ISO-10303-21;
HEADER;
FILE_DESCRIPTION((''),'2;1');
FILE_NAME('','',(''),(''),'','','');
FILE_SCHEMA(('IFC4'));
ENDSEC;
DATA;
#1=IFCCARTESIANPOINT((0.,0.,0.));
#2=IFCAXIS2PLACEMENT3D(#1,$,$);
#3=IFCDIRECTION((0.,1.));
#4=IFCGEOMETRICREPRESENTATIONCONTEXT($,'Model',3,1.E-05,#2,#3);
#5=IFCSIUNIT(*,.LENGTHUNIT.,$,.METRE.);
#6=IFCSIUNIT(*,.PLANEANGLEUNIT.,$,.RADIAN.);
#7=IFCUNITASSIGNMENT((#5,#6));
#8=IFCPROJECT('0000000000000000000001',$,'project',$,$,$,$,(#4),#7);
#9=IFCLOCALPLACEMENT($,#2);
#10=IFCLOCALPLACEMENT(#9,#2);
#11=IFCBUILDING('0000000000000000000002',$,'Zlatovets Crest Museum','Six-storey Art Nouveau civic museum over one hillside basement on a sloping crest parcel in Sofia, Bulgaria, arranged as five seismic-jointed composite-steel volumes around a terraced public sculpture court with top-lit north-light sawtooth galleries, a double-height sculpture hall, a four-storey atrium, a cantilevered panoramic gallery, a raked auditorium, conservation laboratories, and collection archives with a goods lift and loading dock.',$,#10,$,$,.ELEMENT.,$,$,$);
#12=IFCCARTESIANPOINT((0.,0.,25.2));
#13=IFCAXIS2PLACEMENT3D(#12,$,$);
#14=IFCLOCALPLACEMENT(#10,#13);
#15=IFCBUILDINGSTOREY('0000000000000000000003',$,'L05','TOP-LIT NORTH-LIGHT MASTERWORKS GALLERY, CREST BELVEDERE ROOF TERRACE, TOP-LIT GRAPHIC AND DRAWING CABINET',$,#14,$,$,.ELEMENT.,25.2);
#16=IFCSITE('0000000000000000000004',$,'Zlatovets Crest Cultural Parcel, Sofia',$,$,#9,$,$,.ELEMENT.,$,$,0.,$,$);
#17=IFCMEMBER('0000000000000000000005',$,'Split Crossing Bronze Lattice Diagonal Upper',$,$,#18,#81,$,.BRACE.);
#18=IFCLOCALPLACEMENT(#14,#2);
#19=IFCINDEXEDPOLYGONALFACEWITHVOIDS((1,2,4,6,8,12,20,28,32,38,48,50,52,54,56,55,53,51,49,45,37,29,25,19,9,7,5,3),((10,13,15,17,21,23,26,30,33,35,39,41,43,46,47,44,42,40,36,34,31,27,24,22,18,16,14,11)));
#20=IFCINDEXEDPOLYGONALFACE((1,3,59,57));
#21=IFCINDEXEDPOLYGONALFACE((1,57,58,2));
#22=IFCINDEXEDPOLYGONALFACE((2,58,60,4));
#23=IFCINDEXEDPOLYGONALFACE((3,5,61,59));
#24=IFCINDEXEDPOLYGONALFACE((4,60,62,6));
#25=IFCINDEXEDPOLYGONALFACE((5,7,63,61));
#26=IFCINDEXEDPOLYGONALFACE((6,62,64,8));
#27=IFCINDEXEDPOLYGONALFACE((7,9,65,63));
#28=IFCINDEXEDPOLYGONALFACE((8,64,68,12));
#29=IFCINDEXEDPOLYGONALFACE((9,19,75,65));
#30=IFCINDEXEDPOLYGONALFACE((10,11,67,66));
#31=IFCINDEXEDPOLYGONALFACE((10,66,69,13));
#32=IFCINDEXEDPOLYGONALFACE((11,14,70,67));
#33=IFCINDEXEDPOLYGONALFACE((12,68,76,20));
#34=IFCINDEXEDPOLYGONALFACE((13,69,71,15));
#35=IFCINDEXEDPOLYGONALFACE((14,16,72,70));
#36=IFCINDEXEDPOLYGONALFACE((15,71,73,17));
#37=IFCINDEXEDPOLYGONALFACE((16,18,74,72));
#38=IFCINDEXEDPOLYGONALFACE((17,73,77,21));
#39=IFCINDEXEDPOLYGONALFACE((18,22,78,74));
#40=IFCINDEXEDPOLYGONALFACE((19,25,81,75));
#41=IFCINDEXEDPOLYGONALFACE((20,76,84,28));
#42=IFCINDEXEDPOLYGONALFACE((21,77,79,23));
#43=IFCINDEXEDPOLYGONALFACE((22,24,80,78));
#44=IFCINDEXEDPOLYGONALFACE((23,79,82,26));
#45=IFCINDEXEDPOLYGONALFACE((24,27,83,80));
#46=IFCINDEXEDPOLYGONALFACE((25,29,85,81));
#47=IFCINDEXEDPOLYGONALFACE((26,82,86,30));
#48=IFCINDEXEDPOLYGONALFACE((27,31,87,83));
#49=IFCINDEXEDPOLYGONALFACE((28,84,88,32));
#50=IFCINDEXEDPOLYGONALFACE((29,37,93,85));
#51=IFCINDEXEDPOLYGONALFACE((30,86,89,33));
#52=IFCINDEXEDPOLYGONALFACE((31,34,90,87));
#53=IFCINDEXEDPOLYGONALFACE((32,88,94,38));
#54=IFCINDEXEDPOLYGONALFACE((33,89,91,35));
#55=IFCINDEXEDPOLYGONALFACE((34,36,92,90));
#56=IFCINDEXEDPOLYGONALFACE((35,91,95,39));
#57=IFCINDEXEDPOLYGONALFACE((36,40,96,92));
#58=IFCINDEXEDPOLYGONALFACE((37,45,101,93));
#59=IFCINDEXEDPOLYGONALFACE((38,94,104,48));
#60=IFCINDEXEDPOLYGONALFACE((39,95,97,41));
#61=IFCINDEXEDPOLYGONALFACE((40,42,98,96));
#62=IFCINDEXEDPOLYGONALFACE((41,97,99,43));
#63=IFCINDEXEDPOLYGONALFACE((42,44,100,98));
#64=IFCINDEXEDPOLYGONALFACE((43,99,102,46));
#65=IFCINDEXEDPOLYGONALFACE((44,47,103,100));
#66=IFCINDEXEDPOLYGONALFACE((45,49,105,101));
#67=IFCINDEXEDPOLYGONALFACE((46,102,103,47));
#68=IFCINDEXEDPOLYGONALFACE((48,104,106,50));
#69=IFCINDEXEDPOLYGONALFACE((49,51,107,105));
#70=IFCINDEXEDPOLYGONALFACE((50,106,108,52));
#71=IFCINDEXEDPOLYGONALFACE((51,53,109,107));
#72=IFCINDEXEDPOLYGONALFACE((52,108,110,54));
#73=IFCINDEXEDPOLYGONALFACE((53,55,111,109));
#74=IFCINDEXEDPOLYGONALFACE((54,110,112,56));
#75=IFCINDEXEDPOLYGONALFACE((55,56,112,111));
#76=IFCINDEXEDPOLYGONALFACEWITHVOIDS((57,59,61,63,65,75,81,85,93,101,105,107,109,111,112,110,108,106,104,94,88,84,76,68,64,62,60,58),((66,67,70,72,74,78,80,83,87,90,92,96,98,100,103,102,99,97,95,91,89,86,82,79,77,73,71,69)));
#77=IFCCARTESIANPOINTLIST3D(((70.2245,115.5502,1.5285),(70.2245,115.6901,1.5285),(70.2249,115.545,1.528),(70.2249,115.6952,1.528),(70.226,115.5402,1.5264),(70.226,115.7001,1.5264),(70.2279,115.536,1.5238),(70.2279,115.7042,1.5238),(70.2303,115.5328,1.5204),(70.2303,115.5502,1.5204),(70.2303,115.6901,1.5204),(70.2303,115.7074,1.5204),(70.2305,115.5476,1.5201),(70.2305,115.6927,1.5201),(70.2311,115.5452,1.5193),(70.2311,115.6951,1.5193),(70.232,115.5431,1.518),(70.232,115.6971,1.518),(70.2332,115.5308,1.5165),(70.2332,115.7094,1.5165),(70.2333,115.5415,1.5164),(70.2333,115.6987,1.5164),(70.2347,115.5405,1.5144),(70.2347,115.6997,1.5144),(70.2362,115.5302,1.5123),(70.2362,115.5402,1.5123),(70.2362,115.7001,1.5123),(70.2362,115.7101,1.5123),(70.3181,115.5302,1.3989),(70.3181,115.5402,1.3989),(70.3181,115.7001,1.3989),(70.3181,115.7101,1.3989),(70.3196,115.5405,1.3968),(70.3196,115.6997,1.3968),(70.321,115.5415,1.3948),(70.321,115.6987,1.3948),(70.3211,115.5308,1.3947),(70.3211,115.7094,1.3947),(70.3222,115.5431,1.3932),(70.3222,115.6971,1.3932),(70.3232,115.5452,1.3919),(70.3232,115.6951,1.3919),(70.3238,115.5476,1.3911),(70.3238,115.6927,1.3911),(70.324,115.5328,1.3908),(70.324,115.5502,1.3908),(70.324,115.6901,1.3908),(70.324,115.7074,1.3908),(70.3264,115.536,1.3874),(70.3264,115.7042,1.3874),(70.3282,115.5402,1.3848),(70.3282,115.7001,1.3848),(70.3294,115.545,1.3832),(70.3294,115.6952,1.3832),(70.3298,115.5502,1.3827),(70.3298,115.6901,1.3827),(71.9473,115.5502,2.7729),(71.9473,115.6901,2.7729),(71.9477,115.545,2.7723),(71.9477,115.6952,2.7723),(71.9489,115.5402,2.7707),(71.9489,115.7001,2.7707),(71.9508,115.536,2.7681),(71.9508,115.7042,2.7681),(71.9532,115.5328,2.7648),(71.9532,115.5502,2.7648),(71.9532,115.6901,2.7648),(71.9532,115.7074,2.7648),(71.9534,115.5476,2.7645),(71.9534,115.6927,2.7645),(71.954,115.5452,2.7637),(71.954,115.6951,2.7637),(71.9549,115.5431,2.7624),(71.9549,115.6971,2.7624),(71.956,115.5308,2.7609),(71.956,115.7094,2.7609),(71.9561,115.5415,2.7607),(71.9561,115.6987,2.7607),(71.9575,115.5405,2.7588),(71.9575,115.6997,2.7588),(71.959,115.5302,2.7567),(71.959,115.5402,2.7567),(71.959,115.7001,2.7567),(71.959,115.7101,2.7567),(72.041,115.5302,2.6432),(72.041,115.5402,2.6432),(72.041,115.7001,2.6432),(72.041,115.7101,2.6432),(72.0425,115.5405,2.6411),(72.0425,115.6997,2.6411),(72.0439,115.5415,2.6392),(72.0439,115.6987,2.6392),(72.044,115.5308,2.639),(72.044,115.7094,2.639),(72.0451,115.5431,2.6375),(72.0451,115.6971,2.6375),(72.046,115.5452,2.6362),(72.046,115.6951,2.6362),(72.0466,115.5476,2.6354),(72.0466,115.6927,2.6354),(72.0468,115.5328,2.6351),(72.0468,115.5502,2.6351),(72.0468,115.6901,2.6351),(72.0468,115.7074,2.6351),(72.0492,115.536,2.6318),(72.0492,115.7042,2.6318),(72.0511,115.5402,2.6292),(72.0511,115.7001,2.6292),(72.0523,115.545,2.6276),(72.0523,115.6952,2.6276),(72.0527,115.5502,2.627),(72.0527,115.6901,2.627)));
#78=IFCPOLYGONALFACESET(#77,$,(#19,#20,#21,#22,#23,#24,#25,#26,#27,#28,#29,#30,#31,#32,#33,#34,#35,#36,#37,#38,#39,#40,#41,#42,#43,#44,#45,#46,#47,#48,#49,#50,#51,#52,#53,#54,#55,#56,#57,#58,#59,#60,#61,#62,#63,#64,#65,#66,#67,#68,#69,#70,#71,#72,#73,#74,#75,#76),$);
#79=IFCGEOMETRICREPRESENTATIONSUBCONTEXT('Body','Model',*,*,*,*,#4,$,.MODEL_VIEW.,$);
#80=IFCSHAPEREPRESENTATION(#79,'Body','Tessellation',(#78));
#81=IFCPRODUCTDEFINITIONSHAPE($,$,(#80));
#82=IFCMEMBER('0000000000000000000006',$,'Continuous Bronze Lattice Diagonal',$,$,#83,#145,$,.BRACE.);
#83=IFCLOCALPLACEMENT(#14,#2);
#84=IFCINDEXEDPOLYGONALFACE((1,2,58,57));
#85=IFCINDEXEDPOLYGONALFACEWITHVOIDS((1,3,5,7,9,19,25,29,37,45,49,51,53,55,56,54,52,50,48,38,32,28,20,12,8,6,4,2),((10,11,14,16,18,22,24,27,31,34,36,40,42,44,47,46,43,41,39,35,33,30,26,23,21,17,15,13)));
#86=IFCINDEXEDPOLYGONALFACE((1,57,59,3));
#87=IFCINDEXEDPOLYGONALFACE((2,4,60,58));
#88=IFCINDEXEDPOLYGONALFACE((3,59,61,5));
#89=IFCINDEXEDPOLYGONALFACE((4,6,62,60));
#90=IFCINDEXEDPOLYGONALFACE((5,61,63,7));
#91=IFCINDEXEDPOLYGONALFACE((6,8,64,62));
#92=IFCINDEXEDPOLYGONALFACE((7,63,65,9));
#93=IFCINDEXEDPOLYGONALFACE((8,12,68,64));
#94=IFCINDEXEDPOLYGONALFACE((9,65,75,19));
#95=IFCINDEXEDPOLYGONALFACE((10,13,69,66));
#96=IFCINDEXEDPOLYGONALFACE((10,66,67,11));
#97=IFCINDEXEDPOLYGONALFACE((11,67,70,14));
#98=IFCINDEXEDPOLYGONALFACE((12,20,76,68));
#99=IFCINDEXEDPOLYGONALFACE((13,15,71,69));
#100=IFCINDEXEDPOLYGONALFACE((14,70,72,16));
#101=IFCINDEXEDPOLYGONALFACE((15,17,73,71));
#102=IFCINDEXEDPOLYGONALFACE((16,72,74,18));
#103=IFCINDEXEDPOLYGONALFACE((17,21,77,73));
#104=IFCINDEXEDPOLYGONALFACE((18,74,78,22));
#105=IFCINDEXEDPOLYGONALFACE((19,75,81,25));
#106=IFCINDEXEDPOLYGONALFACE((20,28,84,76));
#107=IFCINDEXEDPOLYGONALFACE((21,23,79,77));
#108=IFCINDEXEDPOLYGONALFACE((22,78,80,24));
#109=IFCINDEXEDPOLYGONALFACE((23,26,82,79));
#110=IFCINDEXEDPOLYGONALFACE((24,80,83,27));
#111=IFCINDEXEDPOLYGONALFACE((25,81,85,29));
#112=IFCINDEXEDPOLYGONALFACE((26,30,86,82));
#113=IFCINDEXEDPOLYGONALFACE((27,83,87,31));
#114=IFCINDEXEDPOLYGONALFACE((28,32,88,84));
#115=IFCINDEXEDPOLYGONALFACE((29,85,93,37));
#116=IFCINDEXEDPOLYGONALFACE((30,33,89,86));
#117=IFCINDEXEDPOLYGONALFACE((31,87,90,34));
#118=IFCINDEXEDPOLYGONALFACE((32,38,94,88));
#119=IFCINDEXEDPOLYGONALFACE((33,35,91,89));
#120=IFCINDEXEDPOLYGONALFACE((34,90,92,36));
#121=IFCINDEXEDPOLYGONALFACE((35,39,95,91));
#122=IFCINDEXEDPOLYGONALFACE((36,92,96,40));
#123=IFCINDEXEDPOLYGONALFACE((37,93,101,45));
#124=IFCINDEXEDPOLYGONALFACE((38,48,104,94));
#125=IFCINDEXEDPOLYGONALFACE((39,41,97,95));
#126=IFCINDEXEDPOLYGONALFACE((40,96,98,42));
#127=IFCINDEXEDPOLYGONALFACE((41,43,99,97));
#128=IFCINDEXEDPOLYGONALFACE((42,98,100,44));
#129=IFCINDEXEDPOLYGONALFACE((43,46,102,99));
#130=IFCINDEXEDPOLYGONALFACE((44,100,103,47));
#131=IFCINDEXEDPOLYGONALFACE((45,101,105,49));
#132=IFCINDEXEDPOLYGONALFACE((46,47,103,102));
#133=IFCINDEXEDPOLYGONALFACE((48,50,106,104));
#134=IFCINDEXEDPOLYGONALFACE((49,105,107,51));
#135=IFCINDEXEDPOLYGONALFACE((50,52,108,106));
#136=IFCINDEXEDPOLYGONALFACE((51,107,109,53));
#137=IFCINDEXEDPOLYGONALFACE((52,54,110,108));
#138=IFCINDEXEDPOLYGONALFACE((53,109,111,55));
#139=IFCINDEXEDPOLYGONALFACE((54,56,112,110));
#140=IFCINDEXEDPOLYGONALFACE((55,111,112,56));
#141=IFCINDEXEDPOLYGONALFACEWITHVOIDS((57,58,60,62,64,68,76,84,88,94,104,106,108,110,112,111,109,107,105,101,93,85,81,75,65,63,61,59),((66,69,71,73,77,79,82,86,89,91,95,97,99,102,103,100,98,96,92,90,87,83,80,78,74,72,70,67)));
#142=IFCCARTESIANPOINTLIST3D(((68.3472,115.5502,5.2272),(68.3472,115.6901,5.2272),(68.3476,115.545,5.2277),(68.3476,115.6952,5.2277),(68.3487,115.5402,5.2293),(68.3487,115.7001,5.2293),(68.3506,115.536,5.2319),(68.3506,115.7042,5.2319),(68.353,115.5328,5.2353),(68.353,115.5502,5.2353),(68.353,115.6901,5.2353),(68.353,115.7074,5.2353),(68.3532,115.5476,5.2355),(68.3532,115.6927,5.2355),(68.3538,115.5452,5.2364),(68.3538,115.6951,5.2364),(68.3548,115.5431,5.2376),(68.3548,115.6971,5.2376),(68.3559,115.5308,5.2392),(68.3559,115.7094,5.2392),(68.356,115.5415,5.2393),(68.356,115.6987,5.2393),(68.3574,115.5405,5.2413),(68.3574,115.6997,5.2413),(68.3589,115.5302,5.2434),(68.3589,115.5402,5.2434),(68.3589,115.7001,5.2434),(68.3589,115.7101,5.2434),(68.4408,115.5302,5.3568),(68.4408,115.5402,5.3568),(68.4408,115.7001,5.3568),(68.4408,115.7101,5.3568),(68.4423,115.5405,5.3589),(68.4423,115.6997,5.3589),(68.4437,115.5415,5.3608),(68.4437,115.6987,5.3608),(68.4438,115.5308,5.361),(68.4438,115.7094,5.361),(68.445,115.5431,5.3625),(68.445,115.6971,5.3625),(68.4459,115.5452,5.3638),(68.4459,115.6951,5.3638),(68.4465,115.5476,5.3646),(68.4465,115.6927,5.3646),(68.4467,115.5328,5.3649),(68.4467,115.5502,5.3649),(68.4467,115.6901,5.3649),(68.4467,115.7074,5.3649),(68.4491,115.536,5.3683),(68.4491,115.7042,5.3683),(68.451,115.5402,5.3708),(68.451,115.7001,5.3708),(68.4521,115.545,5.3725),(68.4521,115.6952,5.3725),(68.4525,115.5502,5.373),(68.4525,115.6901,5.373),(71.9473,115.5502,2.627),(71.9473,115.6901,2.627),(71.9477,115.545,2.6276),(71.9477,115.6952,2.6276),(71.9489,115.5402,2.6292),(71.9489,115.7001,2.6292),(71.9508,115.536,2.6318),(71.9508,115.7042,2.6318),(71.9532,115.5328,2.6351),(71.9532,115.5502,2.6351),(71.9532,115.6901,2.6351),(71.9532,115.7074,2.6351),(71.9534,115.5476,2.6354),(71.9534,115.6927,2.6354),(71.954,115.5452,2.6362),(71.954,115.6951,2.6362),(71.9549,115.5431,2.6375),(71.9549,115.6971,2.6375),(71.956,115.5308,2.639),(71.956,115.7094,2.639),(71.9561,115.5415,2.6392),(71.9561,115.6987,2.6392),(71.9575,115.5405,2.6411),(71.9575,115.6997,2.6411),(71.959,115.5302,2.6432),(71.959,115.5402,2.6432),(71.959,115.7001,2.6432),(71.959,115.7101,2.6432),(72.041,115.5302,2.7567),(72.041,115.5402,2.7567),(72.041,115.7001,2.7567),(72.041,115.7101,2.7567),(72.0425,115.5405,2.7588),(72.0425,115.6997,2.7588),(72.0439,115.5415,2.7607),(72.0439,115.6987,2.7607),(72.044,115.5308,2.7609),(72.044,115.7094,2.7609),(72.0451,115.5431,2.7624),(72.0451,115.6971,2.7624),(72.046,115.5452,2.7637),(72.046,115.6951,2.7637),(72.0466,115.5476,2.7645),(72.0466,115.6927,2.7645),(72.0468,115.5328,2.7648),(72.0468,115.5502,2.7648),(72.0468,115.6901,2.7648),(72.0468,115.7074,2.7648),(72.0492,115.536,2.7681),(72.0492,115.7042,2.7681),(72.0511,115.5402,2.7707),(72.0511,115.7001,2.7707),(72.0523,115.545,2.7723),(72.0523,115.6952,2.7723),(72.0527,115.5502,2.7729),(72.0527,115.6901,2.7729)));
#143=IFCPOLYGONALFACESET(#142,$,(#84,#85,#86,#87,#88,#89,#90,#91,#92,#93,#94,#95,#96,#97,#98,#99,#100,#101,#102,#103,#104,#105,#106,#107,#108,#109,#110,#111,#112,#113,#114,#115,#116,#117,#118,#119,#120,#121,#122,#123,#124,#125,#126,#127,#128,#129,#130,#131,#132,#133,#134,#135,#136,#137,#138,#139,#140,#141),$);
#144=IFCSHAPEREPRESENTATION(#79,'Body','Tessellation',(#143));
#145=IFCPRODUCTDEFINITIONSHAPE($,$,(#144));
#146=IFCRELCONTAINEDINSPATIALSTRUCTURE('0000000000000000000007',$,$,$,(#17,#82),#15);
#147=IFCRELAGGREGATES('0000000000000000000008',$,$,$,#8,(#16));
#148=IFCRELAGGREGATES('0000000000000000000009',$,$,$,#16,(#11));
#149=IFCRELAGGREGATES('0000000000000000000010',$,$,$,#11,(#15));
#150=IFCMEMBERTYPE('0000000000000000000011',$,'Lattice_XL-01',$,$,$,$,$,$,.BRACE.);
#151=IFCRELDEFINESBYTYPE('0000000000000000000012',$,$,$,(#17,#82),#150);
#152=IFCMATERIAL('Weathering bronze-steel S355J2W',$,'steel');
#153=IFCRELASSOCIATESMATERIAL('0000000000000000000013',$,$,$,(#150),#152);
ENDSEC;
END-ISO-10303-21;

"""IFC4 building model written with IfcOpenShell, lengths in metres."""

from ifc_helpers import new_model, si_unit, direction, frame, origin, origin_2d, place, context, subcontext, project, spatial, hollow_rectangle, extrude, material, material_profile, profile_set, type_object, element, save


model = new_model("IFC4")

# Units and contexts
model_context = context("Model", 3, precision=1e-05, world=origin(), true_north=direction((0.0, 1.0)))
body_context = subcontext(model_context, "Body", "Model", "MODEL_VIEW")
ifc_project = project(units=[si_unit("LENGTHUNIT", "METRE"), si_unit("PLANEANGLEUNIT", "RADIAN")], contexts=[model_context])

# Site, building, storey
site_placement = place(None, origin())
site = spatial("IfcSite", under=ifc_project, at=site_placement, Name="Zlatovets Crest Cultural Parcel, Sofia", CompositionType="ELEMENT", RefElevation=0.0)
building_placement = place(site_placement, origin())
building = spatial("IfcBuilding", under=site, at=building_placement, Name="Zlatovets Crest Museum", Description="Six-storey Art Nouveau civic museum over one hillside basement on a sloping crest parcel in Sofia, Bulgaria, arranged as five seismic-jointed composite-steel volumes around a terraced public sculpture court with top-lit north-light sawtooth galleries, a double-height sculpture hall, a four-storey atrium, a cantilevered panoramic gallery, a raked auditorium, conservation laboratories, and collection archives with a goods lift and loading dock.", CompositionType="ELEMENT")
storey_placement = place(building_placement, frame((0.0, 0.0, 25.2)))
storey = spatial("IfcBuildingStorey", under=building, at=storey_placement, Name="L05", Description="TOP-LIT NORTH-LIGHT MASTERWORKS GALLERY, CREST BELVEDERE ROOF TERRACE, TOP-LIT GRAPHIC AND DRAWING CABINET", CompositionType="ELEMENT", Elevation=25.2)

# Members
ifc_material_1 = material(Name="Weathering bronze-steel S355J2W", Category="steel")
ifc_material_profile_1 = material_profile(ifc_material_1, hollow_rectangle(XDim=0.1799, YDim=0.1799, WallThickness=0.01, InnerFilletRadius=0.01, OuterFilletRadius=0.02, at=origin_2d()), Name="SHS 180x180x10.0")
ifc_profile_set_1 = profile_set([ifc_material_profile_1], Name="Weathering bronze-steel S355J2W")
member_type_1 = type_object("IfcMemberType", Name="Lattice_XL-01", PredefinedType="BRACE", material=ifc_profile_set_1)
member_1_placement = place(storey_placement, frame((72.0, 115.6201, 2.7), z_axis=(-0.810664, 0.0, -0.585512), x_axis=(0.0, -1.0, 0.0)))
element("IfcMember", 1, at=member_1_placement, inside=storey, type_object=member_type_1, Name="Split Crossing Bronze Lattice Diagonal Upper", PredefinedType="BRACE", context=body_context, shape_type="SweptSolid", body=[
    extrude(hollow_rectangle(XDim=0.1799, YDim=0.1799, WallThickness=0.01, InnerFilletRadius=0.01, OuterFilletRadius=0.02, at=origin_2d()), origin(), (0.0, 0.0, 1.0), 2.1252),
])
member_2_placement = place(storey_placement, frame((72.0, 115.6201, 2.7), z_axis=(-0.810676, 0.0, 0.585495), x_axis=(0.0, -1.0, 0.0)))
element("IfcMember", 2, at=member_2_placement, inside=storey, type_object=member_type_1, Name="Continuous Bronze Lattice Diagonal", PredefinedType="BRACE", context=body_context, shape_type="SweptSolid", body=[
    extrude(hollow_rectangle(XDim=0.1799, YDim=0.1799, WallThickness=0.01, InnerFilletRadius=0.01, OuterFilletRadius=0.02, at=origin_2d()), origin(), (0.0, 0.0, 1.0), 4.4409),
])

save(model, "model.ifc")
